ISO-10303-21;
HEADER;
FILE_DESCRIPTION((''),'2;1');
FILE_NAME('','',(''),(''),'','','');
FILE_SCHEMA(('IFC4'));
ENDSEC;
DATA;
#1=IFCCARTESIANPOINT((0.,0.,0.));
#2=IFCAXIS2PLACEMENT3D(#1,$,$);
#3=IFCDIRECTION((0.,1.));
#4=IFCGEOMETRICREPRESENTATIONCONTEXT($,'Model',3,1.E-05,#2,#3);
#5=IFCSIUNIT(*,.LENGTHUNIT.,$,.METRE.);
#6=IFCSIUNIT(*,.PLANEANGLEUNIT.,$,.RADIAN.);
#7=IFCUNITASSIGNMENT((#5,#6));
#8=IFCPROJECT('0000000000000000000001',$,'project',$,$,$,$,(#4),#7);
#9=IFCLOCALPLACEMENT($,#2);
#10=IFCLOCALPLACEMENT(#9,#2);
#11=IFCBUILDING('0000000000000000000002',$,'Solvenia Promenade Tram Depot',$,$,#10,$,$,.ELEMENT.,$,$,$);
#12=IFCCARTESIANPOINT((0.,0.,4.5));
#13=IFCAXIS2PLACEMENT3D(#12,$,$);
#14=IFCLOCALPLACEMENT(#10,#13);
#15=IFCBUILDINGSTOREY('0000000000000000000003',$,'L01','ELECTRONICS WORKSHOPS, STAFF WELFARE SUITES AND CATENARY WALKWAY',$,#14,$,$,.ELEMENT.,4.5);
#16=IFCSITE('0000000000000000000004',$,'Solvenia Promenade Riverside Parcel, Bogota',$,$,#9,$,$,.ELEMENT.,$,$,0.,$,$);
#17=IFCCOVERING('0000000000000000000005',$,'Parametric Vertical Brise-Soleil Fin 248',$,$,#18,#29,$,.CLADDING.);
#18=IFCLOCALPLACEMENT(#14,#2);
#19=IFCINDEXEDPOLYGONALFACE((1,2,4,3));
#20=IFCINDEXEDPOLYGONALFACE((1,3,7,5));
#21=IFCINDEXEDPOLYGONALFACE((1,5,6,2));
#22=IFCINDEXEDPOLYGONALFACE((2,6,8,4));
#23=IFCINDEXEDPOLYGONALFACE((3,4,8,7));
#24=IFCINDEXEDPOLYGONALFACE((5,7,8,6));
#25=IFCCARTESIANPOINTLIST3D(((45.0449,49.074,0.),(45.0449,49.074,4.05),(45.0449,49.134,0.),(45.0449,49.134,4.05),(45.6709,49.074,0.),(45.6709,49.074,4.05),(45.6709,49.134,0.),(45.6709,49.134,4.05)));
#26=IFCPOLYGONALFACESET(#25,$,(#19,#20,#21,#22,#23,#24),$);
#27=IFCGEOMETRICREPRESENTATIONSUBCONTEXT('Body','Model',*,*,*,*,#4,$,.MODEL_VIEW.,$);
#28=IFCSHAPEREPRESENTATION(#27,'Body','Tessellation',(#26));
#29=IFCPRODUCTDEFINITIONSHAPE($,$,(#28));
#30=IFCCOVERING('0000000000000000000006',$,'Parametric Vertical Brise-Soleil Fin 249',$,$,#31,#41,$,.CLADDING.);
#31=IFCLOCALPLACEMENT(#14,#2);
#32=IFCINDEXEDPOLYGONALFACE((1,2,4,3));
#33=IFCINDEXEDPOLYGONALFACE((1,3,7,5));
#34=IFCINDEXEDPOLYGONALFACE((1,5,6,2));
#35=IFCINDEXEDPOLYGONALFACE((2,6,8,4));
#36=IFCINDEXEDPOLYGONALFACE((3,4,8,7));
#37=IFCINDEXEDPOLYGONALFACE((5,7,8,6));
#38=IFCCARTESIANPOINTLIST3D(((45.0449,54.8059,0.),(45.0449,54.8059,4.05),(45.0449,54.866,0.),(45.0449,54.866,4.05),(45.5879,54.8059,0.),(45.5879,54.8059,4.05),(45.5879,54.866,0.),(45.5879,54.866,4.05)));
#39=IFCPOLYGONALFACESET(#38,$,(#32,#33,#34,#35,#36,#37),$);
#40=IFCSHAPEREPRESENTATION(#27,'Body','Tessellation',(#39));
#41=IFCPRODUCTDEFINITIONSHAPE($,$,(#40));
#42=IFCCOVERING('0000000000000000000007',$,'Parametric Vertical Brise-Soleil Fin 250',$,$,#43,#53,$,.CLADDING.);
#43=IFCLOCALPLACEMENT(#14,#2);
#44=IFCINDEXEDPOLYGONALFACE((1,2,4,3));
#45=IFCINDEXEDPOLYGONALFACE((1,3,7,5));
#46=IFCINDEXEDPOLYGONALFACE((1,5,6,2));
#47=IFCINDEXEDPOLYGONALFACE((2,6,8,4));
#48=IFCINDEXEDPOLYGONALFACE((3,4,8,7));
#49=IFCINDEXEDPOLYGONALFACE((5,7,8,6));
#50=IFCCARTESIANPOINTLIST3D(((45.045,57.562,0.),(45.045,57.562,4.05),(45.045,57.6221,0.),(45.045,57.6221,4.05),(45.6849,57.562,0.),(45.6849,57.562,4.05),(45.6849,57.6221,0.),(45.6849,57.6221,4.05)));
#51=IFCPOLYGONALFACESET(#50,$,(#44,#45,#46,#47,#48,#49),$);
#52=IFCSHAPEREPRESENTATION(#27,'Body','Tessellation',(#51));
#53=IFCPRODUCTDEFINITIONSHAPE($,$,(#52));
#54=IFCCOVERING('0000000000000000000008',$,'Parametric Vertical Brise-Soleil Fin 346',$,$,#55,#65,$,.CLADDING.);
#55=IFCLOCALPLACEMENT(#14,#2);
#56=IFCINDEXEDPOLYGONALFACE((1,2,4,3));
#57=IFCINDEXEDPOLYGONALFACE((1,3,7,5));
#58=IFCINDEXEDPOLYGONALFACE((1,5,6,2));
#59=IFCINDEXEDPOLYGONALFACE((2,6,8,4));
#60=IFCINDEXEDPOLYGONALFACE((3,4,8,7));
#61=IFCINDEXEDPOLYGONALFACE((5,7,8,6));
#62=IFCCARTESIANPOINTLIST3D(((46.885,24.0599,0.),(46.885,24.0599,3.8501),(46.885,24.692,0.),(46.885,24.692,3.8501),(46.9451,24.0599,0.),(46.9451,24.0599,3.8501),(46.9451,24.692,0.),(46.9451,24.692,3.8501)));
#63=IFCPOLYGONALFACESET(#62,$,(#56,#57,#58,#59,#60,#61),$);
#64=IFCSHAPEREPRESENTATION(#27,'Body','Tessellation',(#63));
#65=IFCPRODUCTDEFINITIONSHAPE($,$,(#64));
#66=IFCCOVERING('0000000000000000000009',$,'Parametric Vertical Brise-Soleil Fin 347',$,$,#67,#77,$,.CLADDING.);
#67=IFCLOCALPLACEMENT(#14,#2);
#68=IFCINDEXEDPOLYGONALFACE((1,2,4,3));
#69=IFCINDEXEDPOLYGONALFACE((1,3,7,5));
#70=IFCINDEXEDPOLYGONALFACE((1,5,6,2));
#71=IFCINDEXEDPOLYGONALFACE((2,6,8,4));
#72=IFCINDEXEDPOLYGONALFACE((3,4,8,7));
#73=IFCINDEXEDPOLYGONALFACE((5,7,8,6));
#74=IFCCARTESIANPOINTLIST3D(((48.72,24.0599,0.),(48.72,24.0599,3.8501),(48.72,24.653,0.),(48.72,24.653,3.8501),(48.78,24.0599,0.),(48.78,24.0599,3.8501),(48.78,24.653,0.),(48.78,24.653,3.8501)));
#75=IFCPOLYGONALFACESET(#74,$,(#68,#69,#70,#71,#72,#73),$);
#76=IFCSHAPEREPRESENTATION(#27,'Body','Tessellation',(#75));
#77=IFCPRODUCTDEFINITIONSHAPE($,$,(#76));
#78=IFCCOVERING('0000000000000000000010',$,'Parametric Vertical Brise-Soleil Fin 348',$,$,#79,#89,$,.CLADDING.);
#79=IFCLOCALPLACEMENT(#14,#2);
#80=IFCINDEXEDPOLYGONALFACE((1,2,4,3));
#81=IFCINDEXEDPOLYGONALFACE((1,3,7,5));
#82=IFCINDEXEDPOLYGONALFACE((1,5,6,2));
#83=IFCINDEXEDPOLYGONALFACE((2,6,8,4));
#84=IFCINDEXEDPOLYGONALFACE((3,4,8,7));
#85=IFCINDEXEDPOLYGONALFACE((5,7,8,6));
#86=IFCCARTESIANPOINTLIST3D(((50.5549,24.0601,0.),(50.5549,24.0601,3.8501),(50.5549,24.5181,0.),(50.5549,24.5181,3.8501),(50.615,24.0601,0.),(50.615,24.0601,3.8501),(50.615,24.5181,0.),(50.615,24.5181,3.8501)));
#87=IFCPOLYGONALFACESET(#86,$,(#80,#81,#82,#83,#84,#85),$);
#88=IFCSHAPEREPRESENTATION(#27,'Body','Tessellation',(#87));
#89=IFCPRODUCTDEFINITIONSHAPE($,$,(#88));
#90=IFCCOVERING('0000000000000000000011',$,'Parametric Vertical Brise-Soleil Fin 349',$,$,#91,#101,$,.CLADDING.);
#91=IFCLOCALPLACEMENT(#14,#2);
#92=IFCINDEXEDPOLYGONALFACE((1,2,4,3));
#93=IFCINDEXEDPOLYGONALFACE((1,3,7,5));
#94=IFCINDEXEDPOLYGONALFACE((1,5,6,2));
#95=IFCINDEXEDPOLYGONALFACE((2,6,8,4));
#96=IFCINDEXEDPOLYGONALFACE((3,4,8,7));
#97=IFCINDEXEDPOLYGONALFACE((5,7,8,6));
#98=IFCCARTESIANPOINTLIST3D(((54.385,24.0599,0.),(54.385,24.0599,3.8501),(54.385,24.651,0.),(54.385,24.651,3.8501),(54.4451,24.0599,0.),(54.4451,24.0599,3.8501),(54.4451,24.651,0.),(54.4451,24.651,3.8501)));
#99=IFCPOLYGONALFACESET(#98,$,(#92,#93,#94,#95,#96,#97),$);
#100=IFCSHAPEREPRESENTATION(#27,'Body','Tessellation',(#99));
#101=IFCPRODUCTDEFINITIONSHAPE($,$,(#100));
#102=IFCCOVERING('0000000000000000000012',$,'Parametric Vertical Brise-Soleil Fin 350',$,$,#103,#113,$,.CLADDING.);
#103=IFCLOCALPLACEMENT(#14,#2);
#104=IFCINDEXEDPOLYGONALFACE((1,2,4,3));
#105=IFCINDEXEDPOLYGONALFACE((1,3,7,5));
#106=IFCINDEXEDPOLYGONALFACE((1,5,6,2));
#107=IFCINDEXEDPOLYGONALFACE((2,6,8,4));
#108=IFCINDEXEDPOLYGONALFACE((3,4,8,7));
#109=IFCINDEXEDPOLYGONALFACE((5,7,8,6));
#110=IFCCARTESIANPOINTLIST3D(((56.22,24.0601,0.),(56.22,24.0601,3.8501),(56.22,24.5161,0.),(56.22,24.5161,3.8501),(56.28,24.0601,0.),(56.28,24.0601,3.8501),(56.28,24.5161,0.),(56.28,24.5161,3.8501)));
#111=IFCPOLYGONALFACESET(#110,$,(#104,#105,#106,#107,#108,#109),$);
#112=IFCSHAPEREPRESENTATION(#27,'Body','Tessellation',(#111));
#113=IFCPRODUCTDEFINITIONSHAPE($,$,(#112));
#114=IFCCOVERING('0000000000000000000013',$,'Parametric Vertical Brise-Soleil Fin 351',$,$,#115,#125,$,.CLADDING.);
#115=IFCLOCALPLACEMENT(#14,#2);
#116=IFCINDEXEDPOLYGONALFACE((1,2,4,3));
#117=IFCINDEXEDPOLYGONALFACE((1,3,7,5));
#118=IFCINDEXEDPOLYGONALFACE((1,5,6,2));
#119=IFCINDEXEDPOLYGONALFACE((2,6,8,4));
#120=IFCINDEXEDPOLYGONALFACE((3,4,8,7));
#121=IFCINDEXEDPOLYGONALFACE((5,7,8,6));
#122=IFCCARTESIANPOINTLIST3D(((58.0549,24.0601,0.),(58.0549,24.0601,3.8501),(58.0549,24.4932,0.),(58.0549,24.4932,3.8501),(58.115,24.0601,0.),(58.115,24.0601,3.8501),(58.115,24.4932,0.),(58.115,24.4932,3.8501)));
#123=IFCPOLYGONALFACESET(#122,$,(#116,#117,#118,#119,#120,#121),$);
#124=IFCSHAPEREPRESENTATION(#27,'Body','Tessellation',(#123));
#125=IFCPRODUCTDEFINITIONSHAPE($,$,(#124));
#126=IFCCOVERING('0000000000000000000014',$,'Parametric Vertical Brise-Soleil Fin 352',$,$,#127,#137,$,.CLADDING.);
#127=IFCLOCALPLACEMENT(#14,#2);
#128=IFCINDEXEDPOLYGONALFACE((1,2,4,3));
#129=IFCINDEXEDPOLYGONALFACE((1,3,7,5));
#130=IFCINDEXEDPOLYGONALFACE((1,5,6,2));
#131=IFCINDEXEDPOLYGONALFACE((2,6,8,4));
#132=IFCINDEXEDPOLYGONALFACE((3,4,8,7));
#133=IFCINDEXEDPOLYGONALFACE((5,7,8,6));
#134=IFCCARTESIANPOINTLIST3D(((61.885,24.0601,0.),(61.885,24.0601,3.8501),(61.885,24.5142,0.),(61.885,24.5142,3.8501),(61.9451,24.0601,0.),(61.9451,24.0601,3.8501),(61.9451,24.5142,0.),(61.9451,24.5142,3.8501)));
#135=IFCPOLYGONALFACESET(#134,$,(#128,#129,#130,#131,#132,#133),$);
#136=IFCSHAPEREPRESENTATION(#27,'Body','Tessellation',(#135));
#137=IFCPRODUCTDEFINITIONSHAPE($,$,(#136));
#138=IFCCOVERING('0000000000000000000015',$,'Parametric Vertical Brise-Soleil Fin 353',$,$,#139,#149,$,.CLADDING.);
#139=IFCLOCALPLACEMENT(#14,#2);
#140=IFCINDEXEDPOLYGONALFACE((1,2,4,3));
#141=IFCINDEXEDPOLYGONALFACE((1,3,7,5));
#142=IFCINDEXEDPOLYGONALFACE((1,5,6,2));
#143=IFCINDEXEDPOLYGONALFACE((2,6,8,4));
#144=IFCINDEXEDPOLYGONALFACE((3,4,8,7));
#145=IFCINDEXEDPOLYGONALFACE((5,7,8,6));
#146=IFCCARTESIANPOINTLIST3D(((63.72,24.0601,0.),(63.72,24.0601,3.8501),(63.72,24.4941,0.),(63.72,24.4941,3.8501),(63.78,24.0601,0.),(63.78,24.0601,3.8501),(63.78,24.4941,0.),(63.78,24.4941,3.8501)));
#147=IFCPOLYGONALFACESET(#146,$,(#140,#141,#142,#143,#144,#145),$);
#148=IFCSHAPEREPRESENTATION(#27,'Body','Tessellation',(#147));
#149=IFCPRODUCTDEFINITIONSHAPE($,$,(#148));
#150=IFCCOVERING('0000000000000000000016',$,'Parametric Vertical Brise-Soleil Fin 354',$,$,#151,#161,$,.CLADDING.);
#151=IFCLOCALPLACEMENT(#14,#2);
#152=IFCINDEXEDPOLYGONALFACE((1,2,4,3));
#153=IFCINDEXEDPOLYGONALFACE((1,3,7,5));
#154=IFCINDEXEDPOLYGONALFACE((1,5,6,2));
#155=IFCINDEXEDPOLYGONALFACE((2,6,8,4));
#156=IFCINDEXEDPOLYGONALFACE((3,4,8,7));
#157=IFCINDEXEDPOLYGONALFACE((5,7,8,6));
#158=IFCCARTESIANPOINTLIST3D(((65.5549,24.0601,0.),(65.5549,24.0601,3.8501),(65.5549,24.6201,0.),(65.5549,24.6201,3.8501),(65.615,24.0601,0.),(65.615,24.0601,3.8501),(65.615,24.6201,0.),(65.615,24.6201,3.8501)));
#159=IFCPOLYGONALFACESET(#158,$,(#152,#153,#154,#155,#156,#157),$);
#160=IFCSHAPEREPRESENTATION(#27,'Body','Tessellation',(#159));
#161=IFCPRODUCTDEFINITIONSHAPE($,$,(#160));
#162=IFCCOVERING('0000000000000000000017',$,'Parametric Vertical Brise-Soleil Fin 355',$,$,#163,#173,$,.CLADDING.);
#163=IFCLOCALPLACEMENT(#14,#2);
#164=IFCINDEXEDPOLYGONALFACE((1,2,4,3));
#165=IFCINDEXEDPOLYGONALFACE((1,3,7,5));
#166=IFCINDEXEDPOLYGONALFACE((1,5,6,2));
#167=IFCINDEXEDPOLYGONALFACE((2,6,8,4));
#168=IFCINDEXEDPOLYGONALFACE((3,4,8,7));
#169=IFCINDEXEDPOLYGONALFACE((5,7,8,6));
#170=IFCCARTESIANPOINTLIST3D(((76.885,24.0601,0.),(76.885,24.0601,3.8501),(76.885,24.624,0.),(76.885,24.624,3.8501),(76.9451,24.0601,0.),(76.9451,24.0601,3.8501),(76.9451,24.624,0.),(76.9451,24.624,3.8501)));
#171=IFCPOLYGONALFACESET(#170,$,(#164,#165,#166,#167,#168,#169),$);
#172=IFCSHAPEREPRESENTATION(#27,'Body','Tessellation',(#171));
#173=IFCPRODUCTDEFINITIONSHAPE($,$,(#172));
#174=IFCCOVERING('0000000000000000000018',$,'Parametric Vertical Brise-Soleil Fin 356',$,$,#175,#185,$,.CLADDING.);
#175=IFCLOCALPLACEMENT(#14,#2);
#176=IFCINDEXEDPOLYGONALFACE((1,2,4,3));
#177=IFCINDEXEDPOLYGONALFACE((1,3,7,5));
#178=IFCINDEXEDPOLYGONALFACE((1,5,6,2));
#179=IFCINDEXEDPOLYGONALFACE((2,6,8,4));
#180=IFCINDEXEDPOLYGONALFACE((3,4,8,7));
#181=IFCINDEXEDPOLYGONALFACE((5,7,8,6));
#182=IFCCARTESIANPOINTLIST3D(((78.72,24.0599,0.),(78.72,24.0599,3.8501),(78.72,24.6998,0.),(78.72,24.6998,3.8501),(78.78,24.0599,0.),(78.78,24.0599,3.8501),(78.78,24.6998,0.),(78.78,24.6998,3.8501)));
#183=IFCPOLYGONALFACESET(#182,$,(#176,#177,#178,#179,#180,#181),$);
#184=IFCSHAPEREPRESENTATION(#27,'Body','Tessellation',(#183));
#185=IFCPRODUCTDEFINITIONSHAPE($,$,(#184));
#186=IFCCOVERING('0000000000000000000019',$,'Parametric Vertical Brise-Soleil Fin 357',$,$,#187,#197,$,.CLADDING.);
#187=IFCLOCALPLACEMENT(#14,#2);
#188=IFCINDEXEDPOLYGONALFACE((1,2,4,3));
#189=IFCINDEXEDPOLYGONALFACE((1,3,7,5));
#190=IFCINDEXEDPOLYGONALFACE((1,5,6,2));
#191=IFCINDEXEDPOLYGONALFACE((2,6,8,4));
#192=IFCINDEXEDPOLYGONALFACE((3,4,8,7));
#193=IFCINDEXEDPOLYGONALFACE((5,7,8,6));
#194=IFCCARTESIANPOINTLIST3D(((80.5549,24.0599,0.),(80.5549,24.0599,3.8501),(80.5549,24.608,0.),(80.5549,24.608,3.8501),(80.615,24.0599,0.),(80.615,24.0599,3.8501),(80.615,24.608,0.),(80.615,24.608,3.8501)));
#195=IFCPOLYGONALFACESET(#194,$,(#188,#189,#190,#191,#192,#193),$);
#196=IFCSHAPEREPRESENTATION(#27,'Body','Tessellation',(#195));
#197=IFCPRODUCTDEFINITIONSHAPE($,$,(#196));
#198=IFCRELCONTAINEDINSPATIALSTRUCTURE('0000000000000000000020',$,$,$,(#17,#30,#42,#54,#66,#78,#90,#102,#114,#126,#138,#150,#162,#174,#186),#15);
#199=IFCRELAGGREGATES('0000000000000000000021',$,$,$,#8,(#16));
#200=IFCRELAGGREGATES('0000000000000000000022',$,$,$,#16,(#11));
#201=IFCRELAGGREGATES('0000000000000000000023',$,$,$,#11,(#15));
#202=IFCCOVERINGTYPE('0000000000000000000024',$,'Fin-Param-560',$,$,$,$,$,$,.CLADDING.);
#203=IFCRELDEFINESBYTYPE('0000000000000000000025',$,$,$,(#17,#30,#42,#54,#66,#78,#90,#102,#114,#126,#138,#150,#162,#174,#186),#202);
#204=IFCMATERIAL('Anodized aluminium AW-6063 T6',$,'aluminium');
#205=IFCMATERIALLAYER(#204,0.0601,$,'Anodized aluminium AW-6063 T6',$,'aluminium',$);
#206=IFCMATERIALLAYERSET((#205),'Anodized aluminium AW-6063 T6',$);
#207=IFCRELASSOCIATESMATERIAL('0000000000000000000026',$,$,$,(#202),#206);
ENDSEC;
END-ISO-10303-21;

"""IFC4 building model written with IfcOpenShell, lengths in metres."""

from ifc_helpers import new_model, si_unit, direction, frame, origin, origin_2d, place, context, subcontext, project, spatial, rectangle, extrude, material, layer, layer_set, type_object, element, save


model = new_model("IFC4")

# Units and contexts
model_context = context("Model", 3, precision=1e-05, world=origin(), true_north=direction((0.0, 1.0)))
body_context = subcontext(model_context, "Body", "Model", "MODEL_VIEW")
ifc_project = project(units=[si_unit("LENGTHUNIT", "METRE"), si_unit("PLANEANGLEUNIT", "RADIAN")], contexts=[model_context])

# Site, building, storey
site_placement = place(None, origin())
site = spatial("IfcSite", under=ifc_project, at=site_placement, Name="Solvenia Promenade Riverside Parcel, Bogota", CompositionType="ELEMENT", RefElevation=0.0)
building_placement = place(site_placement, origin())
building = spatial("IfcBuilding", under=site, at=building_placement, Name="Solvenia Promenade Tram Depot", CompositionType="ELEMENT")
storey_placement = place(building_placement, frame((0.0, 0.0, 4.5)))
storey = spatial("IfcBuildingStorey", under=building, at=storey_placement, Name="L01", Description="ELECTRONICS WORKSHOPS, STAFF WELFARE SUITES AND CATENARY WALKWAY", CompositionType="ELEMENT", Elevation=4.5)

# Shared definitions
ifc_material_1 = material(Name="Anodized aluminium AW-6063 T6", Category="aluminium")

# Coverings
ifc_layer_1 = layer(ifc_material_1, 0.0601, Name="Anodized aluminium AW-6063 T6", Category="aluminium")
ifc_layer_set_1 = layer_set([ifc_layer_1], Name="Anodized aluminium AW-6063 T6")
covering_type = type_object("IfcCoveringType", Name="Fin-Param-560", PredefinedType="CLADDING", material=ifc_layer_set_1)
covering_1_placement = place(storey_placement, frame((45.3579, 49.104, 0.0), z_axis=(0.0, 0.0, 1.0), x_axis=(0.0, 1.0, 0.0)))
element("IfcCovering", 1, at=covering_1_placement, inside=storey, type_object=covering_type, Name="Parametric Vertical Brise-Soleil Fin 248", PredefinedType="CLADDING", context=body_context, shape_type="SweptSolid", body=[
    extrude(rectangle(XDim=0.0601, YDim=0.626, at=origin_2d()), origin(), (0.0, 0.0, 1.0), 4.05),
])
covering_2_placement = place(storey_placement, frame((45.3164, 54.8359, 0.0), z_axis=(0.0, 0.0, 1.0), x_axis=(0.0, 1.0, 0.0)))
element("IfcCovering", 2, at=covering_2_placement, inside=storey, type_object=covering_type, Name="Parametric Vertical Brise-Soleil Fin 249", PredefinedType="CLADDING", context=body_context, shape_type="SweptSolid", body=[
    extrude(rectangle(XDim=0.0601, YDim=0.543, at=origin_2d()), origin(), (0.0, 0.0, 1.0), 4.05),
])
covering_3_placement = place(storey_placement, frame((45.365, 57.592, 0.0), z_axis=(0.0, 0.0, 1.0), x_axis=(0.0, 1.0, 0.0)))
element("IfcCovering", 3, at=covering_3_placement, inside=storey, type_object=covering_type, Name="Parametric Vertical Brise-Soleil Fin 250", PredefinedType="CLADDING", context=body_context, shape_type="SweptSolid", body=[
    extrude(rectangle(XDim=0.0601, YDim=0.6399, at=origin_2d()), origin(), (0.0, 0.0, 1.0), 4.05),
])
covering_4_placement = place(storey_placement, frame((46.915, 24.376, 0.0), z_axis=(0.0, 0.0, 1.0), x_axis=(1.0, 0.0, 0.0)))
element("IfcCovering", 4, at=covering_4_placement, inside=storey, type_object=covering_type, Name="Parametric Vertical Brise-Soleil Fin 346", PredefinedType="CLADDING", context=body_context, shape_type="SweptSolid", body=[
    extrude(rectangle(XDim=0.0601, YDim=0.6321, at=origin_2d()), origin(), (0.0, 0.0, 1.0), 3.8501),
])
covering_5_placement = place(storey_placement, frame((48.75, 24.3564, 0.0), z_axis=(0.0, 0.0, 1.0), x_axis=(1.0, 0.0, 0.0)))
element("IfcCovering", 5, at=covering_5_placement, inside=storey, type_object=covering_type, Name="Parametric Vertical Brise-Soleil Fin 347", PredefinedType="CLADDING", context=body_context, shape_type="SweptSolid", body=[
    extrude(rectangle(XDim=0.0601, YDim=0.593, at=origin_2d()), origin(), (0.0, 0.0, 1.0), 3.8501),
])
covering_6_placement = place(storey_placement, frame((50.585, 24.2891, 0.0), z_axis=(0.0, 0.0, 1.0), x_axis=(1.0, 0.0, 0.0)))
element("IfcCovering", 6, at=covering_6_placement, inside=storey, type_object=covering_type, Name="Parametric Vertical Brise-Soleil Fin 348", PredefinedType="CLADDING", context=body_context, shape_type="SweptSolid", body=[
    extrude(rectangle(XDim=0.0601, YDim=0.458, at=origin_2d()), origin(), (0.0, 0.0, 1.0), 3.8501),
])
covering_7_placement = place(storey_placement, frame((54.415, 24.3555, 0.0), z_axis=(0.0, 0.0, 1.0), x_axis=(1.0, 0.0, 0.0)))
element("IfcCovering", 7, at=covering_7_placement, inside=storey, type_object=covering_type, Name="Parametric Vertical Brise-Soleil Fin 349", PredefinedType="CLADDING", context=body_context, shape_type="SweptSolid", body=[
    extrude(rectangle(XDim=0.0601, YDim=0.5911, at=origin_2d()), origin(), (0.0, 0.0, 1.0), 3.8501),
])
covering_8_placement = place(storey_placement, frame((56.25, 24.2881, 0.0), z_axis=(0.0, 0.0, 1.0), x_axis=(1.0, 0.0, 0.0)))
element("IfcCovering", 8, at=covering_8_placement, inside=storey, type_object=covering_type, Name="Parametric Vertical Brise-Soleil Fin 350", PredefinedType="CLADDING", context=body_context, shape_type="SweptSolid", body=[
    extrude(rectangle(XDim=0.0601, YDim=0.4561, at=origin_2d()), origin(), (0.0, 0.0, 1.0), 3.8501),
])
covering_9_placement = place(storey_placement, frame((58.085, 24.2766, 0.0), z_axis=(0.0, 0.0, 1.0), x_axis=(1.0, 0.0, 0.0)))
element("IfcCovering", 9, at=covering_9_placement, inside=storey, type_object=covering_type, Name="Parametric Vertical Brise-Soleil Fin 351", PredefinedType="CLADDING", context=body_context, shape_type="SweptSolid", body=[
    extrude(rectangle(XDim=0.0601, YDim=0.4331, at=origin_2d()), origin(), (0.0, 0.0, 1.0), 3.8501),
])
covering_10_placement = place(storey_placement, frame((61.915, 24.2871, 0.0), z_axis=(0.0, 0.0, 1.0), x_axis=(1.0, 0.0, 0.0)))
element("IfcCovering", 10, at=covering_10_placement, inside=storey, type_object=covering_type, Name="Parametric Vertical Brise-Soleil Fin 352", PredefinedType="CLADDING", context=body_context, shape_type="SweptSolid", body=[
    extrude(rectangle(XDim=0.0601, YDim=0.4541, at=origin_2d()), origin(), (0.0, 0.0, 1.0), 3.8501),
])
covering_11_placement = place(storey_placement, frame((63.75, 24.2771, 0.0), z_axis=(0.0, 0.0, 1.0), x_axis=(1.0, 0.0, 0.0)))
element("IfcCovering", 11, at=covering_11_placement, inside=storey, type_object=covering_type, Name="Parametric Vertical Brise-Soleil Fin 353", PredefinedType="CLADDING", context=body_context, shape_type="SweptSolid", body=[
    extrude(rectangle(XDim=0.0601, YDim=0.4341, at=origin_2d()), origin(), (0.0, 0.0, 1.0), 3.8501),
])
covering_12_placement = place(storey_placement, frame((65.585, 24.3401, 0.0), z_axis=(0.0, 0.0, 1.0), x_axis=(1.0, 0.0, 0.0)))
element("IfcCovering", 12, at=covering_12_placement, inside=storey, type_object=covering_type, Name="Parametric Vertical Brise-Soleil Fin 354", PredefinedType="CLADDING", context=body_context, shape_type="SweptSolid", body=[
    extrude(rectangle(XDim=0.0601, YDim=0.5601, at=origin_2d()), origin(), (0.0, 0.0, 1.0), 3.8501),
])
covering_13_placement = place(storey_placement, frame((76.915, 24.342, 0.0), z_axis=(0.0, 0.0, 1.0), x_axis=(1.0, 0.0, 0.0)))
element("IfcCovering", 13, at=covering_13_placement, inside=storey, type_object=covering_type, Name="Parametric Vertical Brise-Soleil Fin 355", PredefinedType="CLADDING", context=body_context, shape_type="SweptSolid", body=[
    extrude(rectangle(XDim=0.0601, YDim=0.564, at=origin_2d()), origin(), (0.0, 0.0, 1.0), 3.8501),
])
covering_14_placement = place(storey_placement, frame((78.75, 24.3799, 0.0), z_axis=(0.0, 0.0, 1.0), x_axis=(1.0, 0.0, 0.0)))
element("IfcCovering", 14, at=covering_14_placement, inside=storey, type_object=covering_type, Name="Parametric Vertical Brise-Soleil Fin 356", PredefinedType="CLADDING", context=body_context, shape_type="SweptSolid", body=[
    extrude(rectangle(XDim=0.0601, YDim=0.6399, at=origin_2d()), origin(), (0.0, 0.0, 1.0), 3.8501),
])
covering_15_placement = place(storey_placement, frame((80.585, 24.334, 0.0), z_axis=(0.0, 0.0, 1.0), x_axis=(1.0, 0.0, 0.0)))
element("IfcCovering", 15, at=covering_15_placement, inside=storey, type_object=covering_type, Name="Parametric Vertical Brise-Soleil Fin 357", PredefinedType="CLADDING", context=body_context, shape_type="SweptSolid", body=[
    extrude(rectangle(XDim=0.0601, YDim=0.5481, at=origin_2d()), origin(), (0.0, 0.0, 1.0), 3.8501),
])

save(model, "model.ifc")
